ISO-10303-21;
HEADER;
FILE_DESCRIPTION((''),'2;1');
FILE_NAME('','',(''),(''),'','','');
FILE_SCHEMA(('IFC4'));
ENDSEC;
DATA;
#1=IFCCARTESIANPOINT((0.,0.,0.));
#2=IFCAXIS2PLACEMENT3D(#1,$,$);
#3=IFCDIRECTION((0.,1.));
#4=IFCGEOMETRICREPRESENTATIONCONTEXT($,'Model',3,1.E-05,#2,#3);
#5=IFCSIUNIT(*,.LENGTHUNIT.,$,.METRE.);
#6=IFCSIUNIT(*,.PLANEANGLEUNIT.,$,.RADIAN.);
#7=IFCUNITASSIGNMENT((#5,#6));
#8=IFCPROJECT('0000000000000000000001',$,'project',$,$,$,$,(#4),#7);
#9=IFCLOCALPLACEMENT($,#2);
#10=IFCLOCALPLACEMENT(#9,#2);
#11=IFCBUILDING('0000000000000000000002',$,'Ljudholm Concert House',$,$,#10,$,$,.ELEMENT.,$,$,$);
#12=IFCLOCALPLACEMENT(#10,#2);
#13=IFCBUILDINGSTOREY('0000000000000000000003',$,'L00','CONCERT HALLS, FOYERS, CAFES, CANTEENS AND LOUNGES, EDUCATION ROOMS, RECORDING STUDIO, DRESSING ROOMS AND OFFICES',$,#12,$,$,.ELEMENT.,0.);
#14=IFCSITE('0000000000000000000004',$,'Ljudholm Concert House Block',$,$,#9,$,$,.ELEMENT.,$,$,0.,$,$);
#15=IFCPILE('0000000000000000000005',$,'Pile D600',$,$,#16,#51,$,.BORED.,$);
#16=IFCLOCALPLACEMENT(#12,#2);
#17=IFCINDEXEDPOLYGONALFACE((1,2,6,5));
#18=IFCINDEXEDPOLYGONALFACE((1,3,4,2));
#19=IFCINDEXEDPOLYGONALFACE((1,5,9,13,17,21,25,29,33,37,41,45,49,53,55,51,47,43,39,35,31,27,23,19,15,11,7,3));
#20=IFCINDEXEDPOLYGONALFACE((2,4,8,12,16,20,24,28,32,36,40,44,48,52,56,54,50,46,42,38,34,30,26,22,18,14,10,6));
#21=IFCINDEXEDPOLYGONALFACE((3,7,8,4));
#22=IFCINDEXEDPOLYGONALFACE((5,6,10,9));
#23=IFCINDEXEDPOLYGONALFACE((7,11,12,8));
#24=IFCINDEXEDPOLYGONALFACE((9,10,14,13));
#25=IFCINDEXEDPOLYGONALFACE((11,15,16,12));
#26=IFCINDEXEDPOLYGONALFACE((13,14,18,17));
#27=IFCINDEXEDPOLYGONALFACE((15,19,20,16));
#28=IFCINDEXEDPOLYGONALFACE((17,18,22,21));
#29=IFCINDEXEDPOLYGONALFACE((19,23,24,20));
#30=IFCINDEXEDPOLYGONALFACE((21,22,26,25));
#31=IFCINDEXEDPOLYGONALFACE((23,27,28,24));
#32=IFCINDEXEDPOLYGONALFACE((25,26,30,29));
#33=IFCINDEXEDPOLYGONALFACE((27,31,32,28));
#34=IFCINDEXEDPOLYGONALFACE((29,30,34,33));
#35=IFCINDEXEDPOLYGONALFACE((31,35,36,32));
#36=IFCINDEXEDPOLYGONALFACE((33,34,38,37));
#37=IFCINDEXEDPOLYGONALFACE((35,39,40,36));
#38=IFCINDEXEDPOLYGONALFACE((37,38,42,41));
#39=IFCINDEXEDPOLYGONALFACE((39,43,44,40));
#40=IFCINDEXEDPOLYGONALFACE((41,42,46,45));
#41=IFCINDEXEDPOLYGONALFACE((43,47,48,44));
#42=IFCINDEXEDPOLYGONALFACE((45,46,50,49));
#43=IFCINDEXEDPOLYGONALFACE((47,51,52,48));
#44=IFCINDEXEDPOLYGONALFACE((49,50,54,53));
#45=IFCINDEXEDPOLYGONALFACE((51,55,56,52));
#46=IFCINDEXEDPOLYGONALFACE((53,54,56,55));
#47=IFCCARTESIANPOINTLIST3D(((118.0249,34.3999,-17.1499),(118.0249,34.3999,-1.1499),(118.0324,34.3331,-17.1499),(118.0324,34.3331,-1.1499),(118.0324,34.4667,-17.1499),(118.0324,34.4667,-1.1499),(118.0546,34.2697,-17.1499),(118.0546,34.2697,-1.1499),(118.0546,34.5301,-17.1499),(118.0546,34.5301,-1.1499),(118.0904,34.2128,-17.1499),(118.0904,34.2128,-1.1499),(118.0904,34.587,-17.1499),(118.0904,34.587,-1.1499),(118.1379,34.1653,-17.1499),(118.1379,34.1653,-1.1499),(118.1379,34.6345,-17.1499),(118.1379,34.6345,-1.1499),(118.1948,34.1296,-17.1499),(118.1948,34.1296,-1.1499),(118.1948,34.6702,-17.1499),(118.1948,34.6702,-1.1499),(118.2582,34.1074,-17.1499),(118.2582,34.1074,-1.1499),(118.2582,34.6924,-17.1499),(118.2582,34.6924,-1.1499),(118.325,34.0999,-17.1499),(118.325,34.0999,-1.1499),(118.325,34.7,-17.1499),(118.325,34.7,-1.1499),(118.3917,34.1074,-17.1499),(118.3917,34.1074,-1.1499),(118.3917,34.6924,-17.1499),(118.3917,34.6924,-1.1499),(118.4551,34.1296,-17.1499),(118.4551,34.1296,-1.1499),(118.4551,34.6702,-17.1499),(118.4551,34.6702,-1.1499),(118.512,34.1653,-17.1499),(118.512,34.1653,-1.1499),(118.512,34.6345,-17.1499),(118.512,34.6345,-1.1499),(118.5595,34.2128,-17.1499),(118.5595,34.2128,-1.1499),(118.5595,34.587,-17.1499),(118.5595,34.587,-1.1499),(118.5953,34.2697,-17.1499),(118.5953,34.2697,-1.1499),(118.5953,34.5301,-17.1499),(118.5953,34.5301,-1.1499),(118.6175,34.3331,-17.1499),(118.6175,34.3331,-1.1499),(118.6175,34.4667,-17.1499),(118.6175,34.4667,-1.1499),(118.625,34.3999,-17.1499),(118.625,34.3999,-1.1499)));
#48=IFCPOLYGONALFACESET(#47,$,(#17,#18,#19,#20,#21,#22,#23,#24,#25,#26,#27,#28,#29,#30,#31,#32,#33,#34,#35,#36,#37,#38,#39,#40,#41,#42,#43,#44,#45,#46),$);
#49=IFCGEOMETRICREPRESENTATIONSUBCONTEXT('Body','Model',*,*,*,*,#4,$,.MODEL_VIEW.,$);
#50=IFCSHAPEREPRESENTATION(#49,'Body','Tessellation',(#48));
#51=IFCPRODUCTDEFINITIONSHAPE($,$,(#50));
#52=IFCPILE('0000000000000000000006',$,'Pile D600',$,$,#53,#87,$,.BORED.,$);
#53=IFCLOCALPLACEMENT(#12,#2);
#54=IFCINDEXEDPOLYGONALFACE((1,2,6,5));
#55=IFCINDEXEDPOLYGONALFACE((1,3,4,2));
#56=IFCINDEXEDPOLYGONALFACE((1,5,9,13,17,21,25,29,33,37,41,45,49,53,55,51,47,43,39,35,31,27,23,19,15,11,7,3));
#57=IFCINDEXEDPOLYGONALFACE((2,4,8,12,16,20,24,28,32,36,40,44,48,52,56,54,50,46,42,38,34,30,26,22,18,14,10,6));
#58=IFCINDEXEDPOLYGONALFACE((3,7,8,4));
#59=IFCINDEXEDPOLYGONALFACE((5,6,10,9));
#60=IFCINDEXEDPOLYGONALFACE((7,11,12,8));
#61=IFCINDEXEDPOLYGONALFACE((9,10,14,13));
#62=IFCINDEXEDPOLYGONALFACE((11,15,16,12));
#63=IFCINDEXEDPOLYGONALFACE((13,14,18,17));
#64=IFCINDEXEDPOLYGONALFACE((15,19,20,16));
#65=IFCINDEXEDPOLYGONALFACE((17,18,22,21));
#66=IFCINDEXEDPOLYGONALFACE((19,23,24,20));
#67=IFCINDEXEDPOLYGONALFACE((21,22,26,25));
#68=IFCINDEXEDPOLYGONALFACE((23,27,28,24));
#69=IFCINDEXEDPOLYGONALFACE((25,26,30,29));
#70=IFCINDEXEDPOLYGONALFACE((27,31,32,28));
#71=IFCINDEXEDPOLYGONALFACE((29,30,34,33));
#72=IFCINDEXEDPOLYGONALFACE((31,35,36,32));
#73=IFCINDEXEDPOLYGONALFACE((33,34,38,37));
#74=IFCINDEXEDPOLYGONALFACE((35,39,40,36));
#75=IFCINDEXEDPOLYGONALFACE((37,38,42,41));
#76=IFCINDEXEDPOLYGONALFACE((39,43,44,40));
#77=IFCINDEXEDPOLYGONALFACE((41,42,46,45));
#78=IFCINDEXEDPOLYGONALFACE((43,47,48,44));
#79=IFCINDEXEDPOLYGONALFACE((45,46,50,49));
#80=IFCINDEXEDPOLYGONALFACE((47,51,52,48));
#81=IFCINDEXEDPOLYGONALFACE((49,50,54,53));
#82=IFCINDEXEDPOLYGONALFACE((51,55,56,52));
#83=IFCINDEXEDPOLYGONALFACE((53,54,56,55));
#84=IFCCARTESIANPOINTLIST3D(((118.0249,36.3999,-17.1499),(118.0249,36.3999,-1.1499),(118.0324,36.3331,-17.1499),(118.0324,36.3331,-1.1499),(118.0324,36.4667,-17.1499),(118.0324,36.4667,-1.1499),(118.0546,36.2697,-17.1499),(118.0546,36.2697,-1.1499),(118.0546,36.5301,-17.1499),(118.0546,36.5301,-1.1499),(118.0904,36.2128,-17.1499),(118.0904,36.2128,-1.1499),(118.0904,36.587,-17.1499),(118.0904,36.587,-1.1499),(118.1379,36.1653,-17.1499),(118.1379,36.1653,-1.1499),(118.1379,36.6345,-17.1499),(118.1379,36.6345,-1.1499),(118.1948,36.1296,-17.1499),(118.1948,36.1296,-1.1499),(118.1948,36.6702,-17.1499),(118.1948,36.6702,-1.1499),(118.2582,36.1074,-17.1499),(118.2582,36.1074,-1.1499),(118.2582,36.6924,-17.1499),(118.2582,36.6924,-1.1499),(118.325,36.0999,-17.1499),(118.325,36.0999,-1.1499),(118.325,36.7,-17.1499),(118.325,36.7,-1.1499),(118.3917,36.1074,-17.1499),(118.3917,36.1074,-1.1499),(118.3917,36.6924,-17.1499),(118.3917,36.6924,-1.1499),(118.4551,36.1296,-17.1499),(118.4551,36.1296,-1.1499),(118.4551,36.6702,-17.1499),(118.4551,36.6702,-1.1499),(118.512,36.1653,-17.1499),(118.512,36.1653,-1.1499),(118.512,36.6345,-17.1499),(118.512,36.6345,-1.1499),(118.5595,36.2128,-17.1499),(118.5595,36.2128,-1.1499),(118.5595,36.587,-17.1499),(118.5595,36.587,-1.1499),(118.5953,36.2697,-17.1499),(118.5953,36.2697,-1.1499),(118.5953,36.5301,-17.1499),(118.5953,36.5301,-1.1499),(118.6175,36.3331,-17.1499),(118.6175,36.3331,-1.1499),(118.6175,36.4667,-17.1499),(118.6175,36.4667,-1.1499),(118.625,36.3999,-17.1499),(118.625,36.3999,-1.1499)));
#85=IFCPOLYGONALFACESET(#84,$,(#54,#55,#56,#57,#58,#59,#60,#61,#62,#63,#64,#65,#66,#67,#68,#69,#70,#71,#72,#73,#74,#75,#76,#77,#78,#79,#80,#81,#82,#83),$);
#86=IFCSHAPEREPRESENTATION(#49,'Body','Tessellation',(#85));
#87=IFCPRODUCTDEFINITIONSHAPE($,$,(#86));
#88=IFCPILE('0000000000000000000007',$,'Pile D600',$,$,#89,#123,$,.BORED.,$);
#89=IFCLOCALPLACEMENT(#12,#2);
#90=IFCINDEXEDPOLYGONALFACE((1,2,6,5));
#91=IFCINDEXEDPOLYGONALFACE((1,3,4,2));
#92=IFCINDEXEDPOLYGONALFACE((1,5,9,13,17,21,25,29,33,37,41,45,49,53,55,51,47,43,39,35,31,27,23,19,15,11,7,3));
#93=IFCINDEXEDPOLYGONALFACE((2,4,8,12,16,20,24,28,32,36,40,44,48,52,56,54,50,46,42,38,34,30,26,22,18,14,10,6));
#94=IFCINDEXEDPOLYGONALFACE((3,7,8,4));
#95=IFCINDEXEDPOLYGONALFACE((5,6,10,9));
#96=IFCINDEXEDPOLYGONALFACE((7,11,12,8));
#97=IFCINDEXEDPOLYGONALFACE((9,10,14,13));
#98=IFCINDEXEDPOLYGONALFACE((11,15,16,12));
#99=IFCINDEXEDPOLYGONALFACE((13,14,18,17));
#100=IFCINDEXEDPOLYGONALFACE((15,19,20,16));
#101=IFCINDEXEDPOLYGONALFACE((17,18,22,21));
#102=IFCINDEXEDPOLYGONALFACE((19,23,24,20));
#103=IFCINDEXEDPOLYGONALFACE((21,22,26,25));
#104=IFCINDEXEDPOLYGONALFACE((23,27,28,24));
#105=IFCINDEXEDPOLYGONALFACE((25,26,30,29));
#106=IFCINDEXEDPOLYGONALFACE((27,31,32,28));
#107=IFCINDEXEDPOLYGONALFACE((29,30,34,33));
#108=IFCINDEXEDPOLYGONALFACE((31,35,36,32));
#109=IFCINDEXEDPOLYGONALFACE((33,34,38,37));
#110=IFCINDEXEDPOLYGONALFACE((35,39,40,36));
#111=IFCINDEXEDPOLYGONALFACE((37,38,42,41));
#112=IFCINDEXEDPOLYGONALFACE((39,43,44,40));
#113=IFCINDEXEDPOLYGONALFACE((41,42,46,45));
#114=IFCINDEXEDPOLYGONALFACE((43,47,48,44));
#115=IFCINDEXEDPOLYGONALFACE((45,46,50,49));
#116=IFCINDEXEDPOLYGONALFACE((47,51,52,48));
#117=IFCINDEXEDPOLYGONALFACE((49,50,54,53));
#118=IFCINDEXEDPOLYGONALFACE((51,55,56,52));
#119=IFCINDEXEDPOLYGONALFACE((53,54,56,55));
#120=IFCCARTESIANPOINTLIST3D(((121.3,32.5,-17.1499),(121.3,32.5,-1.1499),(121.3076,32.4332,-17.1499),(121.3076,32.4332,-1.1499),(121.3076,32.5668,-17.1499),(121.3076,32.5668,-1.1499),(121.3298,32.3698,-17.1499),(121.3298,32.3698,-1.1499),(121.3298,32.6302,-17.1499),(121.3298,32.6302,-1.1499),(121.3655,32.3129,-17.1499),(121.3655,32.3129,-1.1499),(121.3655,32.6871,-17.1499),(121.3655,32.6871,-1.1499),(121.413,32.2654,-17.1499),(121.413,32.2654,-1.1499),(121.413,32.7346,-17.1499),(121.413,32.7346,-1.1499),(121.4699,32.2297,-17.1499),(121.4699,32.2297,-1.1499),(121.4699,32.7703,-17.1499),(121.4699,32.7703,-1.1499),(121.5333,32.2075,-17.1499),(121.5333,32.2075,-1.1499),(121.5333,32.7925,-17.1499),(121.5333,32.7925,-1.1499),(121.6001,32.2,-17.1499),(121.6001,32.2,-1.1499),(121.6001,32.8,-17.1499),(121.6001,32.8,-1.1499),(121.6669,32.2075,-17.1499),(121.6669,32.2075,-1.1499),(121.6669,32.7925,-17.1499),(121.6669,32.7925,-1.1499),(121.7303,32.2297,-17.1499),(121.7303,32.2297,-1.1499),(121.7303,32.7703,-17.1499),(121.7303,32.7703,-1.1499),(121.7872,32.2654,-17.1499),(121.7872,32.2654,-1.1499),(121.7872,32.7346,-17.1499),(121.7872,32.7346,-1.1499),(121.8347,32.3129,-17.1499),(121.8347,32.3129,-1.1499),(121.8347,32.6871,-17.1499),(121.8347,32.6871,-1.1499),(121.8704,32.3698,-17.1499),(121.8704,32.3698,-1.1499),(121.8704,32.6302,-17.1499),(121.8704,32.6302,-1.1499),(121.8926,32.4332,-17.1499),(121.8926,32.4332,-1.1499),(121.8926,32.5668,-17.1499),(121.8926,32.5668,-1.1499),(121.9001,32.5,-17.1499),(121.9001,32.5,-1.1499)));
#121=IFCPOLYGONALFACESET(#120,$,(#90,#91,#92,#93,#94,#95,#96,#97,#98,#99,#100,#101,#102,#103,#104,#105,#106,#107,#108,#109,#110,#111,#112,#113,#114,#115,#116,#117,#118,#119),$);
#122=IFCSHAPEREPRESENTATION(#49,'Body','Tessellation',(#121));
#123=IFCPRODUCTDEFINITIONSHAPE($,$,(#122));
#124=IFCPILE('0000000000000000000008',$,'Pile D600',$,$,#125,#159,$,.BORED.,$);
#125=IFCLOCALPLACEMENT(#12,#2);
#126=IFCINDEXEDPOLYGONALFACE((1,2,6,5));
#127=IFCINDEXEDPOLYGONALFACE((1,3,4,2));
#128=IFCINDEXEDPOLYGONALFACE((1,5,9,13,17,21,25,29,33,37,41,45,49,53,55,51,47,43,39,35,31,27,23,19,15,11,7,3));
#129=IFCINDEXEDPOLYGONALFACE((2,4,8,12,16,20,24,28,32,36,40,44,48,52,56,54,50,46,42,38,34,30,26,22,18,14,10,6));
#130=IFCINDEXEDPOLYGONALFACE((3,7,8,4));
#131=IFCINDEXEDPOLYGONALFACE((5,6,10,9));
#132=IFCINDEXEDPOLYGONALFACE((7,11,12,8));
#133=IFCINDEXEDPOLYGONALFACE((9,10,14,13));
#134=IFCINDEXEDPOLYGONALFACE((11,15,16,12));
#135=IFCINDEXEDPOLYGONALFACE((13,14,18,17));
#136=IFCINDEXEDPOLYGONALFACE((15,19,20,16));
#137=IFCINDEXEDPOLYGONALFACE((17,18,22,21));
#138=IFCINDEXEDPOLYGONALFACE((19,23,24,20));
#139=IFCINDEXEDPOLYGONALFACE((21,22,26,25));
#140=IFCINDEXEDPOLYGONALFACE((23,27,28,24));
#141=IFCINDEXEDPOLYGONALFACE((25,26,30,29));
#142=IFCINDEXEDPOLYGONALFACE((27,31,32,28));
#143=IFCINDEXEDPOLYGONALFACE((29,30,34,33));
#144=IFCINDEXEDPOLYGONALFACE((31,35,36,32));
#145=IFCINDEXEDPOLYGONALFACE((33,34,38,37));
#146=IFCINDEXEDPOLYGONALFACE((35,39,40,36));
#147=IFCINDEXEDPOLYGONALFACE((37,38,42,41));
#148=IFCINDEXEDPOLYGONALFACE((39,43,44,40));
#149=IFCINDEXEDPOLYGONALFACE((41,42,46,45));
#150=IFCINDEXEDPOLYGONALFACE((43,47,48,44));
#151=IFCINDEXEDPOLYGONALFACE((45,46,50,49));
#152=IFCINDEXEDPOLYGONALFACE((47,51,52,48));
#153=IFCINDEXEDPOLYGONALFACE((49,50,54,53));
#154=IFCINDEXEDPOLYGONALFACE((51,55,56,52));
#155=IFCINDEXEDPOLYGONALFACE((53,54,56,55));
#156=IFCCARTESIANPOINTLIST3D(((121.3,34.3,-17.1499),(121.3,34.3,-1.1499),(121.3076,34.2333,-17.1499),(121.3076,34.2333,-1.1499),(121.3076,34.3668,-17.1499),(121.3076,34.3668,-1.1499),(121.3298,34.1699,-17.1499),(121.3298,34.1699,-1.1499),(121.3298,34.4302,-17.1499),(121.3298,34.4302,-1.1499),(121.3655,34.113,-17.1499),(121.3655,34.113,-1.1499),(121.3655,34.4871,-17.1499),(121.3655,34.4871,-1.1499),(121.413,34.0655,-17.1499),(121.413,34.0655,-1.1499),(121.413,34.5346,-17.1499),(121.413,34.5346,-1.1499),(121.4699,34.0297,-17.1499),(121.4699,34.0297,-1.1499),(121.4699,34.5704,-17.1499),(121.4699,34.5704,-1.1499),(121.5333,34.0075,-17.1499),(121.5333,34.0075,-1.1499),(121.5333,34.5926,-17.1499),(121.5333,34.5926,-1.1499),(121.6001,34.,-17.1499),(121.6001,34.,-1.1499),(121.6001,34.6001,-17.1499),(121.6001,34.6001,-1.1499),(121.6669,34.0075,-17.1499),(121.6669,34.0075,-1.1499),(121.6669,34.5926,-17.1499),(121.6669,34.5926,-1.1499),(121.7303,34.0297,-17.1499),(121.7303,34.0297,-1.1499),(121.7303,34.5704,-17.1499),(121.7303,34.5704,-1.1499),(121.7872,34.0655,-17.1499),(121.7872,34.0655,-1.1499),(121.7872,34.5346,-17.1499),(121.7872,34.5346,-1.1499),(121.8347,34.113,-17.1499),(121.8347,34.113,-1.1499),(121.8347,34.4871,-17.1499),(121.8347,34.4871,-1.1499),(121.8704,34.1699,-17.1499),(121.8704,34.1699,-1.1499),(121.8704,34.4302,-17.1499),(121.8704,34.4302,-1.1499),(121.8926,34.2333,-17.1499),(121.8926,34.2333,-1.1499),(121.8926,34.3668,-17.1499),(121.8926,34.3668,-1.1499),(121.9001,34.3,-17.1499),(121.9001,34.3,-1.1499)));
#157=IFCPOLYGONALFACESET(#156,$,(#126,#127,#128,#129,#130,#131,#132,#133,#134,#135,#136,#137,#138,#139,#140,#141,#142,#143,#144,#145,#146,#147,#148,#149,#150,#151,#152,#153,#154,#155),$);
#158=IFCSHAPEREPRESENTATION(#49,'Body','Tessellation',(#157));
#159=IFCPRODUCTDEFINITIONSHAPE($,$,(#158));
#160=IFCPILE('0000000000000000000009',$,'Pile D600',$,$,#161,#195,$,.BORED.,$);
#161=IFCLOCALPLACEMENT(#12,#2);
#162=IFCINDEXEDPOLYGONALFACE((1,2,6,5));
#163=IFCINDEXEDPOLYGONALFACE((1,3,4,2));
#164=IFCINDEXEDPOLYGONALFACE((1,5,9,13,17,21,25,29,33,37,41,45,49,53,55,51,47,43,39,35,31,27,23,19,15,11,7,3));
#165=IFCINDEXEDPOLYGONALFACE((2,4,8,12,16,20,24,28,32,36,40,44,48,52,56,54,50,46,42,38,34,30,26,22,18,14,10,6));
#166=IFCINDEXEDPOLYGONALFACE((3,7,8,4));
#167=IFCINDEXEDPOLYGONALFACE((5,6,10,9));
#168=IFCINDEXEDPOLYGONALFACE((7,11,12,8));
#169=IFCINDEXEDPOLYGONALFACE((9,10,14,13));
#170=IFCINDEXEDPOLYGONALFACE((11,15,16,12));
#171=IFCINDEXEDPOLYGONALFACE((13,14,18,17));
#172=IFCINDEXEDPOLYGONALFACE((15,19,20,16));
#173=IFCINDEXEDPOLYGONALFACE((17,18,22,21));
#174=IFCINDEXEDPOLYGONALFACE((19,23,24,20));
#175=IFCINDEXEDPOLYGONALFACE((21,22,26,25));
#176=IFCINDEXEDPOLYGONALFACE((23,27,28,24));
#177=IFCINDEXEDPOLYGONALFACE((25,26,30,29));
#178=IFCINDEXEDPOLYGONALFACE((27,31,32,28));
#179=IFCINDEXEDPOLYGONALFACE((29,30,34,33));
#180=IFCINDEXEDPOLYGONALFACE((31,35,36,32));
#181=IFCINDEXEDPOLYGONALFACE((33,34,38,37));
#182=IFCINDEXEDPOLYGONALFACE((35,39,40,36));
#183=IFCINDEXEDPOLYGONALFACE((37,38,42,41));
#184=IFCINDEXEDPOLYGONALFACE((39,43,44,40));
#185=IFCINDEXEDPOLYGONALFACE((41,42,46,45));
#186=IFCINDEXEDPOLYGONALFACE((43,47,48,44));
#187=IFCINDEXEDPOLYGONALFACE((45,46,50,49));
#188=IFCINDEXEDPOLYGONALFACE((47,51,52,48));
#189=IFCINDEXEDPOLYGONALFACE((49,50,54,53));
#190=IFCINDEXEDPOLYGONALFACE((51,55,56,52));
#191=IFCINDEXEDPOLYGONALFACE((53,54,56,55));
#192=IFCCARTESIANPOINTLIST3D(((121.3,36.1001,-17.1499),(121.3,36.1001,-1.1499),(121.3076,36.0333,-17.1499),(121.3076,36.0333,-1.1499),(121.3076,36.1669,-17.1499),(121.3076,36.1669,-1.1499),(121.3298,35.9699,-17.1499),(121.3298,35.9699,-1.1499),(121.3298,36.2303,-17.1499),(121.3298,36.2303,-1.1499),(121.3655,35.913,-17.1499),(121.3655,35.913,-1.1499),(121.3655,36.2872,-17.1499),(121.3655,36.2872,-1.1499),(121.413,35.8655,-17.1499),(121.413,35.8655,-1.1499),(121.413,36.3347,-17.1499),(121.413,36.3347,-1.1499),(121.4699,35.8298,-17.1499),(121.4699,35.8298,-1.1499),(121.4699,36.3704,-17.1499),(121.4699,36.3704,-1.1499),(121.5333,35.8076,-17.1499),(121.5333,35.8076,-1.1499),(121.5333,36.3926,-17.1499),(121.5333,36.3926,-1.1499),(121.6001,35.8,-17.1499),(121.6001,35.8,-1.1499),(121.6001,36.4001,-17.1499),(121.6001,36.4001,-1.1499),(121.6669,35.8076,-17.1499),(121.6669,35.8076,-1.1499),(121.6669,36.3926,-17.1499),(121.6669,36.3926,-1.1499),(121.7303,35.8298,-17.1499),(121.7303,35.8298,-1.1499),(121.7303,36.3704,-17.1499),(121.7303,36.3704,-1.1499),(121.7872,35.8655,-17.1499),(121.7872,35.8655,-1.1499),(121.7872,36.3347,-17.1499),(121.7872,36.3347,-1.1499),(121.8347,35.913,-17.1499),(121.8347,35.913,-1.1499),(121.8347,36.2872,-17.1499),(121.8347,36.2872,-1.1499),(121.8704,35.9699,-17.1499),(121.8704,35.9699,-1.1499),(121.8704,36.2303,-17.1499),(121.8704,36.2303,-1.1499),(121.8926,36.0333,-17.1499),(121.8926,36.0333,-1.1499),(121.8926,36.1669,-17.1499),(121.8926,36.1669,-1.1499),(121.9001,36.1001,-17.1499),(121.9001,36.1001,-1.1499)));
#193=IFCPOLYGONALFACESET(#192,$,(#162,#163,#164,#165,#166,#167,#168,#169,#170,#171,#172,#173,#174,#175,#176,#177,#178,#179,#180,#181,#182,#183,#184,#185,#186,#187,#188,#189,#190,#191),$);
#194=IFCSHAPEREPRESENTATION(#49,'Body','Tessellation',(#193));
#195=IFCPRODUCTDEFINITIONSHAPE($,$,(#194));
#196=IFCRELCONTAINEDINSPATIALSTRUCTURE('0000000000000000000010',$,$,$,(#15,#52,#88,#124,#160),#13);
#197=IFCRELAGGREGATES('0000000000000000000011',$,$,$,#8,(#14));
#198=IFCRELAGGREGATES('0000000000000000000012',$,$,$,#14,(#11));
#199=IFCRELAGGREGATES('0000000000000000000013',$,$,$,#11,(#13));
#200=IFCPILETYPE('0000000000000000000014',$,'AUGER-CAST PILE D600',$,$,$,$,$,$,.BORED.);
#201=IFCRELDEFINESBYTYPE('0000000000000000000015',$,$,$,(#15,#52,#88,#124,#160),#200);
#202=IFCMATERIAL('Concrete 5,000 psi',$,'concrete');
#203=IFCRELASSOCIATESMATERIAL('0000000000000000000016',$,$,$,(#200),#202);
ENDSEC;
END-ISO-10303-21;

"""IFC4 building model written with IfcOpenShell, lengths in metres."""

from ifc_helpers import new_model, si_unit, direction, frame, origin, origin_2d, place, context, subcontext, project, spatial, circle, extrude, material, material_profile, profile_set, type_object, element, save


model = new_model("IFC4")

# Units and contexts
model_context = context("Model", 3, precision=1e-05, world=origin(), true_north=direction((0.0, 1.0)))
body_context = subcontext(model_context, "Body", "Model", "MODEL_VIEW")
ifc_project = project(units=[si_unit("LENGTHUNIT", "METRE"), si_unit("PLANEANGLEUNIT", "RADIAN")], contexts=[model_context])

# Site, building, storey
site_placement = place(None, origin())
site = spatial("IfcSite", under=ifc_project, at=site_placement, Name="Ljudholm Concert House Block", CompositionType="ELEMENT", RefElevation=0.0)
building_placement = place(site_placement, origin())
building = spatial("IfcBuilding", under=site, at=building_placement, Name="Ljudholm Concert House", CompositionType="ELEMENT")
storey_placement = place(building_placement, origin())
storey = spatial("IfcBuildingStorey", under=building, at=storey_placement, Name="L00", Description="CONCERT HALLS, FOYERS, CAFES, CANTEENS AND LOUNGES, EDUCATION ROOMS, RECORDING STUDIO, DRESSING ROOMS AND OFFICES", CompositionType="ELEMENT", Elevation=0.0)

# Piles
ifc_material_1 = material(Name="Concrete 5,000 psi", Category="concrete")
ifc_material_profile_1 = material_profile(ifc_material_1, circle(Radius=0.3, at=origin_2d()), Name="AUGER-CAST PILE D600")
ifc_profile_set_1 = profile_set([ifc_material_profile_1], Name="Concrete 5,000 psi")
pile_type = type_object("IfcPileType", Name="AUGER-CAST PILE D600", PredefinedType="BORED", material=ifc_profile_set_1)
for number, where, z_axis, x_axis, name in (
    (1, (118.325, 34.3999, -1.1499), (0.0, 0.0, -1.0), (1.0, 0.0, 0.0), "Pile D600"),
    (2, (118.325, 36.3999, -1.1499), (0.0, 0.0, -1.0), (1.0, 0.0, 0.0), "Pile D600"),
    (3, (121.6001, 32.5, -1.1499), (0.0, 0.0, -1.0), (1.0, 0.0, 0.0), "Pile D600"),
    (4, (121.6001, 34.3, -1.1499), (0.0, 0.0, -1.0), (1.0, 0.0, 0.0), "Pile D600"),
    (5, (121.6001, 36.1001, -1.1499), (0.0, 0.0, -1.0), (1.0, 0.0, 0.0), "Pile D600"),
):
    element("IfcPile", number, at=place(storey_placement, frame(where, z_axis=z_axis, x_axis=x_axis)), inside=storey, type_object=pile_type, Name=name, PredefinedType="BORED", context=body_context, shape_type="SweptSolid", body=[
        extrude(circle(Radius=0.3, at=origin_2d()), origin(), (0.0, 0.0, 1.0), 16.0),
    ])

save(model, "model.ifc")
